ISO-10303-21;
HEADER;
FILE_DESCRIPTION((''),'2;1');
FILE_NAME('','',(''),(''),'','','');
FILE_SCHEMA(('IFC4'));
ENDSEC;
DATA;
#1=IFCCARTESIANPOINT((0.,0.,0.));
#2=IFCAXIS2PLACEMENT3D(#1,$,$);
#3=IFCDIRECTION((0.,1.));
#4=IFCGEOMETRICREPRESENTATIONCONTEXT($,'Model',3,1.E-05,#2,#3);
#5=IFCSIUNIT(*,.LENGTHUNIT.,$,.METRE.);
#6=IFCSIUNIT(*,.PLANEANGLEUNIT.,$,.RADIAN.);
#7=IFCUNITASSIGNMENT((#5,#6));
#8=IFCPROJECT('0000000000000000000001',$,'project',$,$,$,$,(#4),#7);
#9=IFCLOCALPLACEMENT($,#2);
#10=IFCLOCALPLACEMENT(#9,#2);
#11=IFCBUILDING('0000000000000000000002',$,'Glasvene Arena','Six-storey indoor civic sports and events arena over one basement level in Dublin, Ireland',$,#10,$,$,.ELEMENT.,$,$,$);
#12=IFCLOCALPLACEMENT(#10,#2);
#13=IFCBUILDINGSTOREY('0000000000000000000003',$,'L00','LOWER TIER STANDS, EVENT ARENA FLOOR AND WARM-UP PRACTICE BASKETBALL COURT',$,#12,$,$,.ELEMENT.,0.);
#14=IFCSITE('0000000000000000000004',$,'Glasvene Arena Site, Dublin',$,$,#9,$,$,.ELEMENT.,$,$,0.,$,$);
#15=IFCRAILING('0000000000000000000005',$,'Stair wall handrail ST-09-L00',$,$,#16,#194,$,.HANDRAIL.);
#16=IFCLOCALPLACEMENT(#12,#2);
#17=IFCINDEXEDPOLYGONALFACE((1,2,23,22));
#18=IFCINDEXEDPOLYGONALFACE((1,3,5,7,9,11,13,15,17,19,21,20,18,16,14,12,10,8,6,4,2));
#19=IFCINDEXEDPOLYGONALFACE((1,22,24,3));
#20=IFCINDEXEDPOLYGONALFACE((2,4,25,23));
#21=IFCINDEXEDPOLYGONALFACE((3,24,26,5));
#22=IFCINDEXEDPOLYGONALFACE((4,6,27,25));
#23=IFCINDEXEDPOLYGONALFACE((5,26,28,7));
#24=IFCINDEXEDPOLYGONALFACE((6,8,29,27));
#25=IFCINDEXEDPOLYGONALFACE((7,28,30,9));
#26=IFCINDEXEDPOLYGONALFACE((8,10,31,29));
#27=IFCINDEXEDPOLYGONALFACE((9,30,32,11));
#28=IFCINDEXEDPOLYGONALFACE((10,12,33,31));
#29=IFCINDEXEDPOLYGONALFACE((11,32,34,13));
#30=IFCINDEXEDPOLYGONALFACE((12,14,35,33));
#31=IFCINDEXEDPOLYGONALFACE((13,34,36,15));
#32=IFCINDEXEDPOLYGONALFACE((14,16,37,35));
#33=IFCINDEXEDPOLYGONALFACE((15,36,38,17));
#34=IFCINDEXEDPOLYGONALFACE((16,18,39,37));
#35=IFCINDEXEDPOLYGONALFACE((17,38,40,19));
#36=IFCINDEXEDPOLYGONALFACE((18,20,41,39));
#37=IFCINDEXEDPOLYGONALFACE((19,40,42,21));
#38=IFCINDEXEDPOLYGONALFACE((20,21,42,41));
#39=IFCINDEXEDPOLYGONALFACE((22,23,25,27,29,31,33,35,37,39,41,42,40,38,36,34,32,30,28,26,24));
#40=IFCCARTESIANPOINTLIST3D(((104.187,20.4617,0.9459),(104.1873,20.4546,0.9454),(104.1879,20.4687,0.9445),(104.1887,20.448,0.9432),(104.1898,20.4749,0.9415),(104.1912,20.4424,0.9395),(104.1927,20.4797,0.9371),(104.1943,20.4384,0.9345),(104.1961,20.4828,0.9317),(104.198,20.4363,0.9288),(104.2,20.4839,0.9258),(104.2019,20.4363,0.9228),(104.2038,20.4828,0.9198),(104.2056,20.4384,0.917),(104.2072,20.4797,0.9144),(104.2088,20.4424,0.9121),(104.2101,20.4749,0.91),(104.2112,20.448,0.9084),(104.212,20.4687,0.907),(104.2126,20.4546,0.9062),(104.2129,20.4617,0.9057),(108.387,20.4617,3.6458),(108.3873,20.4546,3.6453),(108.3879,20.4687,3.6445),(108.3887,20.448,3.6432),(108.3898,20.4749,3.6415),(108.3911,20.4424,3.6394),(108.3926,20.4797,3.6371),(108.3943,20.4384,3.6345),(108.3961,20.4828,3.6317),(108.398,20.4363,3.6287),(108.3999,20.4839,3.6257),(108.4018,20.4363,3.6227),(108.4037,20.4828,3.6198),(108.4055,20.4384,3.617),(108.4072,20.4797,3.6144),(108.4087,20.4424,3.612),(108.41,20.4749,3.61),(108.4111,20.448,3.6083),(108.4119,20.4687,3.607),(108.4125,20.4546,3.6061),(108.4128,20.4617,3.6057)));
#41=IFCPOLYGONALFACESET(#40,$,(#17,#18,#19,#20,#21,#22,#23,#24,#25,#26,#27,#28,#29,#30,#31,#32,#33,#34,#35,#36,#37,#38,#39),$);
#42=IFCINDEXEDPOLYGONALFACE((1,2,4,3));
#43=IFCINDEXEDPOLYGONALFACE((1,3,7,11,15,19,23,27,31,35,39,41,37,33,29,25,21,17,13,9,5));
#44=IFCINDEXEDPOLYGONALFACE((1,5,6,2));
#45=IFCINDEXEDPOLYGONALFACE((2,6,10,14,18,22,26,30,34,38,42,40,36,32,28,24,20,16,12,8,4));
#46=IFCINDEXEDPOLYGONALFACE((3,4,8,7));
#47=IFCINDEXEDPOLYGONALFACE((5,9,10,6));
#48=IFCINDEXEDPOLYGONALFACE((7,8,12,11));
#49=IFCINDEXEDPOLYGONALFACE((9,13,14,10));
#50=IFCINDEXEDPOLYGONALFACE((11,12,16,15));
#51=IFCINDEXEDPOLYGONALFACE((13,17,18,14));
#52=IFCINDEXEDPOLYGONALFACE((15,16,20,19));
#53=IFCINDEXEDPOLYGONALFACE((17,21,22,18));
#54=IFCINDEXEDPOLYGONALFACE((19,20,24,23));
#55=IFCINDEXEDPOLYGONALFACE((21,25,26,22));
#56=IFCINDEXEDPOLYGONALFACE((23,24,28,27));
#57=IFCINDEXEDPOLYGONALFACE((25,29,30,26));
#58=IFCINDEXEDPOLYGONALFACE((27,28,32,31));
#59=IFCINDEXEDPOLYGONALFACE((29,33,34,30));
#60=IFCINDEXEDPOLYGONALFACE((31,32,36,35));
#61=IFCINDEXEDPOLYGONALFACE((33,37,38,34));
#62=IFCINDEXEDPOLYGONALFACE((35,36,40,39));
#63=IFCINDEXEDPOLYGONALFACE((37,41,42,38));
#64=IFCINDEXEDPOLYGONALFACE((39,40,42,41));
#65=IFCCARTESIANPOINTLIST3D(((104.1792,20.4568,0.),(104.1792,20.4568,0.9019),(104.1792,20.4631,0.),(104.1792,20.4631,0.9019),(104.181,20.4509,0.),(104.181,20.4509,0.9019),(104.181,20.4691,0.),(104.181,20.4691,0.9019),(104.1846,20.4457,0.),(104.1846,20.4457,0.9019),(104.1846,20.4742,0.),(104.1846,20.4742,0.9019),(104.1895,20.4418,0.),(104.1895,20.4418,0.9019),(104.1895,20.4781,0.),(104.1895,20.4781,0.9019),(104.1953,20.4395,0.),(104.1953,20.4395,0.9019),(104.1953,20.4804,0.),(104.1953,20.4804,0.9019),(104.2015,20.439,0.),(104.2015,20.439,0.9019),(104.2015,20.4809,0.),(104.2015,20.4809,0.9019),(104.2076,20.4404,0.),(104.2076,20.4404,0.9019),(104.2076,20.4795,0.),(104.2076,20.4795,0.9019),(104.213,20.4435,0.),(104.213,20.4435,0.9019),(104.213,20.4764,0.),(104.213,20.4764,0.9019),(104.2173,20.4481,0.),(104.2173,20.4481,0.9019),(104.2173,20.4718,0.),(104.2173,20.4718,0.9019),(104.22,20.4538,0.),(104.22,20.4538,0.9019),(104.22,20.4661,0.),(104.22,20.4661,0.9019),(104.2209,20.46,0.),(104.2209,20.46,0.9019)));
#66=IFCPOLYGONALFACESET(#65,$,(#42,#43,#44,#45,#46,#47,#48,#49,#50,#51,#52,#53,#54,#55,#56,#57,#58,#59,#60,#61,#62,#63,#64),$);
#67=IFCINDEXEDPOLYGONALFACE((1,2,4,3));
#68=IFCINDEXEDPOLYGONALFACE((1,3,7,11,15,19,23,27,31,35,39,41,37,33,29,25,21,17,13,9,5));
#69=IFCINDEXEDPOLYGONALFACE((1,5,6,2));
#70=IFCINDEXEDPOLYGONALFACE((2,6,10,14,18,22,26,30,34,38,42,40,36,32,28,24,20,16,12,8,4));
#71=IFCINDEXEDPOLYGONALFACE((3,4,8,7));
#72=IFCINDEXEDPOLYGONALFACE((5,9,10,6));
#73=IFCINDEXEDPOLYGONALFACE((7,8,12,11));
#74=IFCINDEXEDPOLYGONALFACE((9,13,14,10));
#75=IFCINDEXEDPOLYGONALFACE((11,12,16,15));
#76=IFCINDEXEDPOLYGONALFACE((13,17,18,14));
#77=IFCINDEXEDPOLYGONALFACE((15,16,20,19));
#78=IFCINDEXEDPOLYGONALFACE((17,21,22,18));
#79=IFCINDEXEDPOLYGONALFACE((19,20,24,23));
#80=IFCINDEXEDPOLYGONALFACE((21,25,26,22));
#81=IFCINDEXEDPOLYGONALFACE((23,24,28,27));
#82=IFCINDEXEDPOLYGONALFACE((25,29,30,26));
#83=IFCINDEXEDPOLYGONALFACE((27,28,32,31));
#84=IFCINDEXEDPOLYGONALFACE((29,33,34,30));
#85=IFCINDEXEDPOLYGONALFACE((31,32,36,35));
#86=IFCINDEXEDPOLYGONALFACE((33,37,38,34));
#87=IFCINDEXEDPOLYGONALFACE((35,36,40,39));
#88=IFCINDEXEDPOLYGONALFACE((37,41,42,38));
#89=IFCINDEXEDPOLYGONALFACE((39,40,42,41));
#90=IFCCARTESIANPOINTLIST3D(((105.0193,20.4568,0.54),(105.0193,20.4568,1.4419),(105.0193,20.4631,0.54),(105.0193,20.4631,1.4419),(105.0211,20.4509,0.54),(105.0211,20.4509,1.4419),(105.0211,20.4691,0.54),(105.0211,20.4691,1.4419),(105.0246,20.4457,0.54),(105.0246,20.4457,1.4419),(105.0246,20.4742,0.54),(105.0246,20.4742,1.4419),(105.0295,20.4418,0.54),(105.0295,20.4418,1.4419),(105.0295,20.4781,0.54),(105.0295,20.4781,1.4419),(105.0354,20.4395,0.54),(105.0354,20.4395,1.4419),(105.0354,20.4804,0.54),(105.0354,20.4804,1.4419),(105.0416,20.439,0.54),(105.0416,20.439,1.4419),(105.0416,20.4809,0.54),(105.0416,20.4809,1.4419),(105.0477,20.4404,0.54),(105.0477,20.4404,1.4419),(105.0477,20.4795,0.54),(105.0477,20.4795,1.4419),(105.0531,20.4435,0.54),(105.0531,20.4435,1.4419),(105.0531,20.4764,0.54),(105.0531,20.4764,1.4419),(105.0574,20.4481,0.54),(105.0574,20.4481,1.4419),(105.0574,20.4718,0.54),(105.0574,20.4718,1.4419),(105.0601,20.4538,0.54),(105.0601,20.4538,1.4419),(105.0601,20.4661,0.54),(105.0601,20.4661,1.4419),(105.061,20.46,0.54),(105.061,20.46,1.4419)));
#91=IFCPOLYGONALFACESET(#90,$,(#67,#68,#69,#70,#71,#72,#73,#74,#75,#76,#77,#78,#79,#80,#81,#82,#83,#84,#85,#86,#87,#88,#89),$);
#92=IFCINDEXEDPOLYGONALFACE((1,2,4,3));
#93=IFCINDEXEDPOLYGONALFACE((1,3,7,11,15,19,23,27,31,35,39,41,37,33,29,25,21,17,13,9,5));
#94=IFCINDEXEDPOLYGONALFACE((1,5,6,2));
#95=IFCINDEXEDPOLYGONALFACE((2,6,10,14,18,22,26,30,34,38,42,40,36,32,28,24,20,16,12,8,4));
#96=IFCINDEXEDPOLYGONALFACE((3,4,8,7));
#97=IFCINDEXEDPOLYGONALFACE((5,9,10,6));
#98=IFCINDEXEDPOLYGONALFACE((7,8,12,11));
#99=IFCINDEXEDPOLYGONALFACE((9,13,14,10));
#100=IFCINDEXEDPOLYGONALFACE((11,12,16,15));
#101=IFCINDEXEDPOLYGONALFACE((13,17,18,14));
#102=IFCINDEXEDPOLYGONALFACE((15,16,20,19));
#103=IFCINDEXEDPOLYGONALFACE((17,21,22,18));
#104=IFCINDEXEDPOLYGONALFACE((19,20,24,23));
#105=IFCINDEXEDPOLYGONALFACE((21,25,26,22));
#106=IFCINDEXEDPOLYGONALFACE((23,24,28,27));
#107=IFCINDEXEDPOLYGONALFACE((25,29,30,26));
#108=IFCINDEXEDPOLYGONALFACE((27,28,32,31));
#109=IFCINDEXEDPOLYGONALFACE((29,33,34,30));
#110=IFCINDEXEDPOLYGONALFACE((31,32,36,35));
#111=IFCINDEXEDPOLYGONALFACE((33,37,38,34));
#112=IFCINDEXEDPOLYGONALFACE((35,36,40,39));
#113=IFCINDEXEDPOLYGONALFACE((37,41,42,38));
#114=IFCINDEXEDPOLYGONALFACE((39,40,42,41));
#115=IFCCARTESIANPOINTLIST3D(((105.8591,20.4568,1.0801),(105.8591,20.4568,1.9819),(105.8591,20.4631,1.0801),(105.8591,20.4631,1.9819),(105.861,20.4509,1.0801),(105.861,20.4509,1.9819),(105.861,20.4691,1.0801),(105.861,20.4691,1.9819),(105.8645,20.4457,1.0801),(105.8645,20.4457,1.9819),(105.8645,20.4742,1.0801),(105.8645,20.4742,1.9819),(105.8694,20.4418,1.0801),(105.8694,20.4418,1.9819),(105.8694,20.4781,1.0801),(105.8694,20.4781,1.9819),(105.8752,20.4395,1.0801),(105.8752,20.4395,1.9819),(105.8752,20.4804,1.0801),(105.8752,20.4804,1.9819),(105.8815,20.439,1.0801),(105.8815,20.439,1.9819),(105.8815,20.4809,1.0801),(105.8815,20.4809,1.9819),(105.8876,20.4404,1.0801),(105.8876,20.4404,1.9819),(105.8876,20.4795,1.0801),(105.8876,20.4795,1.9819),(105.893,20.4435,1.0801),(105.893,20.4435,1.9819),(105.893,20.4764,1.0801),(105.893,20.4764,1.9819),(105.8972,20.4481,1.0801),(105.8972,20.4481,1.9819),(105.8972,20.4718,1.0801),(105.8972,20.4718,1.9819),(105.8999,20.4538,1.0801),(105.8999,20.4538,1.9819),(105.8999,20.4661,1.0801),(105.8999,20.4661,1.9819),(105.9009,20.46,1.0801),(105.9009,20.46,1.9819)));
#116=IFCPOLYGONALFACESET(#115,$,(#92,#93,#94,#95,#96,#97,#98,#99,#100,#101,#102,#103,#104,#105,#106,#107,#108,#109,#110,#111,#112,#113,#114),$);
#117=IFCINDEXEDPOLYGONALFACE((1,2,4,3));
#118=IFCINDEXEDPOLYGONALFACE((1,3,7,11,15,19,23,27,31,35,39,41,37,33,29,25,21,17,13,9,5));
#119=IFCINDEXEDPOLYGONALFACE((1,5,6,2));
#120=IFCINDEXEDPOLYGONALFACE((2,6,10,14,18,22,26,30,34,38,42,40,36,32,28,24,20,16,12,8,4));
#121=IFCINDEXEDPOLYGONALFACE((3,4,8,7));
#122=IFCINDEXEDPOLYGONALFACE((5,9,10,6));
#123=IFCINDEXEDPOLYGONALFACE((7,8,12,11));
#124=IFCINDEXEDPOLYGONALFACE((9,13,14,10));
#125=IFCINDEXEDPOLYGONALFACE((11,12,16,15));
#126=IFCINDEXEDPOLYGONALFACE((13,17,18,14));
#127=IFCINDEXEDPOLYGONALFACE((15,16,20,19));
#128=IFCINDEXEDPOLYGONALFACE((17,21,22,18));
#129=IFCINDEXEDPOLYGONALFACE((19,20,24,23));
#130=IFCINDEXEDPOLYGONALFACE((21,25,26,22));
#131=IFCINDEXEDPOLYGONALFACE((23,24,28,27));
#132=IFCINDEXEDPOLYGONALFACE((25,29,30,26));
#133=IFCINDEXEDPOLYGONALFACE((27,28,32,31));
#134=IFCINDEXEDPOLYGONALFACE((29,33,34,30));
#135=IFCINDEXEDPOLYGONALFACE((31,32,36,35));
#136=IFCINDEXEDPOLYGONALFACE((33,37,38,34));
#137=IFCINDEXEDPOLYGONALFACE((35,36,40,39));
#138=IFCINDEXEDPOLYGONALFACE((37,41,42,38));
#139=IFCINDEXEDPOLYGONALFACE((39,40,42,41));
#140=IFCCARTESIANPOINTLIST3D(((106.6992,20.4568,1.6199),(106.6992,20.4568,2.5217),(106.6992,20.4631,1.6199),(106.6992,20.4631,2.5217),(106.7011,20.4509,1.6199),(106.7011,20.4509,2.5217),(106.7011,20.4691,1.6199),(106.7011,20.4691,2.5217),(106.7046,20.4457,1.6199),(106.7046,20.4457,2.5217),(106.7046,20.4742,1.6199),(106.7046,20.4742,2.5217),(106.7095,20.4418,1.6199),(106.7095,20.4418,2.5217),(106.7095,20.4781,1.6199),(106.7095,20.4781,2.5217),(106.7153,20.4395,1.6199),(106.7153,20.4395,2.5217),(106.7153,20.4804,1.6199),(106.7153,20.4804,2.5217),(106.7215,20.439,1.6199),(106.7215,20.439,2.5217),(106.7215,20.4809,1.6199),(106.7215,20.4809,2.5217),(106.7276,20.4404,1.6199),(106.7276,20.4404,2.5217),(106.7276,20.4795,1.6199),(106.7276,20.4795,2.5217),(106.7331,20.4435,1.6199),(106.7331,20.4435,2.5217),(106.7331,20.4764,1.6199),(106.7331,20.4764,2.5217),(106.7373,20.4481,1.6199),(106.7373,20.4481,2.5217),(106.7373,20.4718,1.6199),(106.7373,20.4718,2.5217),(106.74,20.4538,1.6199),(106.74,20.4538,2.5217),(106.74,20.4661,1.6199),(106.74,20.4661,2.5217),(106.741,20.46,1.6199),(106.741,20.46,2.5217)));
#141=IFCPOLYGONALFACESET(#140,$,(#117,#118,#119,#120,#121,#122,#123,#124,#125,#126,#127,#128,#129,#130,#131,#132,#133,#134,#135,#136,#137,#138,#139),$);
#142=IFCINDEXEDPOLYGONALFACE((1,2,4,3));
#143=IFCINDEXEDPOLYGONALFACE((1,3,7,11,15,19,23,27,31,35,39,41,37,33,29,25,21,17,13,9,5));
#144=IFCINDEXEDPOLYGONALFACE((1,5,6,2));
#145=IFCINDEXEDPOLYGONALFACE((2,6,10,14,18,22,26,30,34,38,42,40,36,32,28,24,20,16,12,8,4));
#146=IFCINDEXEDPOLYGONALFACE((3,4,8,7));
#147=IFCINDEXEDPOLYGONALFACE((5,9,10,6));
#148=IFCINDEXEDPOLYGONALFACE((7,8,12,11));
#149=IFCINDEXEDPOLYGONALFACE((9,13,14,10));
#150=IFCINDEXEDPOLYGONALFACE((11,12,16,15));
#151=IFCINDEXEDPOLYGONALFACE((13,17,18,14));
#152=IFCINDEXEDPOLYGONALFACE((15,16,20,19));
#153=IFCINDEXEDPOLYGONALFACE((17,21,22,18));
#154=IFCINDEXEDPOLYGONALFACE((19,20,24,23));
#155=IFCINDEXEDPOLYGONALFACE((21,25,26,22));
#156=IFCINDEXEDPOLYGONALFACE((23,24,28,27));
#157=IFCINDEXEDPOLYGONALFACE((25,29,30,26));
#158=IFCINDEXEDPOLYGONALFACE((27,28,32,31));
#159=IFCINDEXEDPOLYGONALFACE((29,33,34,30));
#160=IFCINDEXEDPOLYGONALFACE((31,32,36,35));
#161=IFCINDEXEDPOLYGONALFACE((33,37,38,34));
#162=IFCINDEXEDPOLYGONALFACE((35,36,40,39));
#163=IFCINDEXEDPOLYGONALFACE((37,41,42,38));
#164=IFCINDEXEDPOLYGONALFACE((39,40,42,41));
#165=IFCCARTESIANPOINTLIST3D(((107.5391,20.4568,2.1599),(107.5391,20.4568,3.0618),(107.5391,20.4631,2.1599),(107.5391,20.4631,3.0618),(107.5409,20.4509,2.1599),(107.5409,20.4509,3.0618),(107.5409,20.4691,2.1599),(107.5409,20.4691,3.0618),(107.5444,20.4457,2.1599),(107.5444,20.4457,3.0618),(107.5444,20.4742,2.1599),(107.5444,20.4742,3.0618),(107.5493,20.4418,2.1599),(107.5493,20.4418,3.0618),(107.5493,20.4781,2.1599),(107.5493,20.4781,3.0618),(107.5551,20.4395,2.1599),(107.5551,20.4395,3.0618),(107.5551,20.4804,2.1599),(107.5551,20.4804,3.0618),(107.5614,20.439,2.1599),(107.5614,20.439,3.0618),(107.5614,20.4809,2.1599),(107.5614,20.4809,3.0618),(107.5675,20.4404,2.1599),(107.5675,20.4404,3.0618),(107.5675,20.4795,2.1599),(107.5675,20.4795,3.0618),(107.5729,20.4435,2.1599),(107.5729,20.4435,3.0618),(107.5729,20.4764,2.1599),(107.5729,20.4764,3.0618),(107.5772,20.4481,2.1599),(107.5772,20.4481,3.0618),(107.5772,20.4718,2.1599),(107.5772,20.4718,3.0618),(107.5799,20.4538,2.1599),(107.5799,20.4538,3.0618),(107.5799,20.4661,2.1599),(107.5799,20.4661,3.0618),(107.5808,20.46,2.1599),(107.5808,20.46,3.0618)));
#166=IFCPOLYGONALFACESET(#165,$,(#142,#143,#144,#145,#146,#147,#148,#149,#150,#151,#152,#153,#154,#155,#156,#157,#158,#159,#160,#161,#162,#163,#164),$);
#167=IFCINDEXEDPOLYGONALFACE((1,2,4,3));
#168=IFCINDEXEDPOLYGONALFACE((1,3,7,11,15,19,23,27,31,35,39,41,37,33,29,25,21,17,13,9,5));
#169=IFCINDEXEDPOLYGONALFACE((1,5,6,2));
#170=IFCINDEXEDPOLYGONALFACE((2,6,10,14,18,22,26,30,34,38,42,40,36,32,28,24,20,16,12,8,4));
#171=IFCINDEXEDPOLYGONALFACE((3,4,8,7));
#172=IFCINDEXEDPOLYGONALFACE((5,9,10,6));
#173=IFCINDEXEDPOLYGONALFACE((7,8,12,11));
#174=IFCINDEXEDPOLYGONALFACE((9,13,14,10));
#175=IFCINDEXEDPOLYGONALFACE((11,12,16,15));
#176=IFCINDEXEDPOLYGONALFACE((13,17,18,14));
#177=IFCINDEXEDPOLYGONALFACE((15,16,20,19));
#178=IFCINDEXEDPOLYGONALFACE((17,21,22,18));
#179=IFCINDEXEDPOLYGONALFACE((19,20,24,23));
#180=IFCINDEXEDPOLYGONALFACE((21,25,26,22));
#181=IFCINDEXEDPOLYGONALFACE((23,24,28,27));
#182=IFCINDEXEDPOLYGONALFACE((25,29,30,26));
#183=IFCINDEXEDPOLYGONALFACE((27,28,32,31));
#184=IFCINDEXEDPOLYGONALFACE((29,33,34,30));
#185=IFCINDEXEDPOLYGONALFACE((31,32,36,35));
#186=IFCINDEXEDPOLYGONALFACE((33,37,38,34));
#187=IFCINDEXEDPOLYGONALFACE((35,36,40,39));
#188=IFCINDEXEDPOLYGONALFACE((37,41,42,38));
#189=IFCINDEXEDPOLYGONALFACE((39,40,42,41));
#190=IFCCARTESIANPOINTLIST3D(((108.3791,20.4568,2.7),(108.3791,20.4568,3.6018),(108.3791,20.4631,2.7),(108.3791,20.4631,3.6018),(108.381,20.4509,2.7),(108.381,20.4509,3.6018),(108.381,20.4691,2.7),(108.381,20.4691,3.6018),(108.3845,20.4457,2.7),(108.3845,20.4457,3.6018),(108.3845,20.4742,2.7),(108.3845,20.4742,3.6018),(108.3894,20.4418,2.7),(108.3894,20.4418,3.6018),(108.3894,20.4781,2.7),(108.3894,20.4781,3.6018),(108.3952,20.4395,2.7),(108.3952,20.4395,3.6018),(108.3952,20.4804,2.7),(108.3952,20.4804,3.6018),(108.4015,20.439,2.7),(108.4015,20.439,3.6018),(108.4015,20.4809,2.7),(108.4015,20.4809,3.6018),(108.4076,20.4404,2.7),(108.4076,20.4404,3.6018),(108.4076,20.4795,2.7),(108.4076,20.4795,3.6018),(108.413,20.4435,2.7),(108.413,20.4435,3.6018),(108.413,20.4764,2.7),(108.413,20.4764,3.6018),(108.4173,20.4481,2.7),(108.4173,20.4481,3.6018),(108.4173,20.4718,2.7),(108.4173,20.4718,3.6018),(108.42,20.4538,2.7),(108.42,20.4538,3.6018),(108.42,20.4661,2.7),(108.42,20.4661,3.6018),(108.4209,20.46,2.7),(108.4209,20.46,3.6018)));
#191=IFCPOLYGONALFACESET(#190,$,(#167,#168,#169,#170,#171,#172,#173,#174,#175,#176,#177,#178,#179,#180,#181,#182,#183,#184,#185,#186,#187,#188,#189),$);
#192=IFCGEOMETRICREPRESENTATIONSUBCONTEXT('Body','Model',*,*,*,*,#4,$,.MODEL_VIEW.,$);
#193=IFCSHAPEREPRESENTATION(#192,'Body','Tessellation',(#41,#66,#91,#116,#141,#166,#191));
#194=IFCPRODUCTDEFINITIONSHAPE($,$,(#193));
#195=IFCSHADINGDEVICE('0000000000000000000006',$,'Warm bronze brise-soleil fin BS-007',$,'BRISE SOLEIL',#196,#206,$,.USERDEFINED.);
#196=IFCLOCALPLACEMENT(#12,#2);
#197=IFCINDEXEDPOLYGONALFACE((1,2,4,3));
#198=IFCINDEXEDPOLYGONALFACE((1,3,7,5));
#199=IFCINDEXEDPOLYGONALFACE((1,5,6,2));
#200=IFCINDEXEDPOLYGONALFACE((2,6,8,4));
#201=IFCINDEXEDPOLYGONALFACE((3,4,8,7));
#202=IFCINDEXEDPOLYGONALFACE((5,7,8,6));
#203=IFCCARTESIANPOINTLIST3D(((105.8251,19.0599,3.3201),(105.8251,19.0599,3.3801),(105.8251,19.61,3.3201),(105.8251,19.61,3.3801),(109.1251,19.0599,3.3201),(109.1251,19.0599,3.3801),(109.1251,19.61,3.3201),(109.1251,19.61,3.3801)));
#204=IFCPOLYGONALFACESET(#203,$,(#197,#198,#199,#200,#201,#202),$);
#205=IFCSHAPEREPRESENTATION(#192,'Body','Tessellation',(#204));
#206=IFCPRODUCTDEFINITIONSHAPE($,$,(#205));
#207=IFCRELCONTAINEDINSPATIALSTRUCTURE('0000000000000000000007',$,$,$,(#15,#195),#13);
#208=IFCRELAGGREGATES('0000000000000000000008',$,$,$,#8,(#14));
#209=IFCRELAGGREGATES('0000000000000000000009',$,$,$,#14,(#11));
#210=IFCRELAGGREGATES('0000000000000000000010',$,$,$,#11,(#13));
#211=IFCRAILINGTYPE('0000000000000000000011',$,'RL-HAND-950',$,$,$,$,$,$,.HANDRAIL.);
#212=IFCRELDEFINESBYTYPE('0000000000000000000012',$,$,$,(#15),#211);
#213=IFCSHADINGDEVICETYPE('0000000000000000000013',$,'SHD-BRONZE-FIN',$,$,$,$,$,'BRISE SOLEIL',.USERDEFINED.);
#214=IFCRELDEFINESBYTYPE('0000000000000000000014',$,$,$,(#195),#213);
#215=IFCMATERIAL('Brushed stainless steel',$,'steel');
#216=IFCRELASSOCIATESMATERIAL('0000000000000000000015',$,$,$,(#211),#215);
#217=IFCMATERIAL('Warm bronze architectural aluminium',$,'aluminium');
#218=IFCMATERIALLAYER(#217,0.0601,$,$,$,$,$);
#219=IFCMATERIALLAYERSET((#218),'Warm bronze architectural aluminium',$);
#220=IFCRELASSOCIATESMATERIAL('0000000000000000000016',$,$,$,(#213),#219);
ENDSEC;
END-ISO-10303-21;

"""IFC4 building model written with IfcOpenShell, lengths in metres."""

from ifc_helpers import new_model, si_unit, direction, frame, origin, origin_2d, place, context, subcontext, project, spatial, rectangle, circle, extrude, material, layer, layer_set, type_object, element, save


model = new_model("IFC4")

# Units and contexts
model_context = context("Model", 3, precision=1e-05, world=origin(), true_north=direction((0.0, 1.0)))
body_context = subcontext(model_context, "Body", "Model", "MODEL_VIEW")
ifc_project = project(units=[si_unit("LENGTHUNIT", "METRE"), si_unit("PLANEANGLEUNIT", "RADIAN")], contexts=[model_context])

# Site, building, storey
site_placement = place(None, origin())
site = spatial("IfcSite", under=ifc_project, at=site_placement, Name="Glasvene Arena Site, Dublin", CompositionType="ELEMENT", RefElevation=0.0)
building_placement = place(site_placement, origin())
building = spatial("IfcBuilding", under=site, at=building_placement, Name="Glasvene Arena", Description="Six-storey indoor civic sports and events arena over one basement level in Dublin, Ireland", CompositionType="ELEMENT")
storey_placement = place(building_placement, origin())
storey = spatial("IfcBuildingStorey", under=building, at=storey_placement, Name="L00", Description="LOWER TIER STANDS, EVENT ARENA FLOOR AND WARM-UP PRACTICE BASKETBALL COURT", CompositionType="ELEMENT", Elevation=0.0)

# Railing
ifc_material_1 = material(Name="Brushed stainless steel", Category="steel")
railing_type_1 = type_object("IfcRailingType", Name="RL-HAND-950", PredefinedType="HANDRAIL", material=ifc_material_1)
railing_1_placement = place(storey_placement, frame((104.2, 20.46, 0.0)))
element("IfcRailing", 1, at=railing_1_placement, inside=storey, type_object=railing_type_1, Name="Stair wall handrail ST-09-L00", PredefinedType="HANDRAIL", context=body_context, shape_type="SweptSolid", body=[
    extrude(circle(Radius=0.0239, at=origin_2d()), frame((0.0, 0.0, 0.9258), z_axis=(0.84118, 0.0, 0.540755), x_axis=(0.0, 1.0, 0.0)), (0.0, 0.0, 1.0), 4.9929),
    extrude(circle(Radius=0.021, at=origin_2d()), origin(), (0.0, 0.0, 1.0), 0.9019),
    extrude(circle(Radius=0.021, at=origin_2d()), frame((0.8401, 0.0, 0.54)), (0.0, 0.0, 1.0), 0.9019),
    extrude(circle(Radius=0.021, at=origin_2d()), frame((1.6799, 0.0, 1.0801)), (0.0, 0.0, 1.0), 0.9019),
    extrude(circle(Radius=0.021, at=origin_2d()), frame((2.52, 0.0, 1.6199)), (0.0, 0.0, 1.0), 0.9019),
    extrude(circle(Radius=0.021, at=origin_2d()), frame((3.3599, 0.0, 2.1599)), (0.0, 0.0, 1.0), 0.9019),
    extrude(circle(Radius=0.021, at=origin_2d()), frame((4.2, 0.0, 2.7)), (0.0, 0.0, 1.0), 0.9019),
])

# Shading device
ifc_material_2 = material(Name="Warm bronze architectural aluminium", Category="aluminium")
ifc_layer_1 = layer(ifc_material_2, 0.0601)
ifc_layer_set_1 = layer_set([ifc_layer_1], Name="Warm bronze architectural aluminium")
shading_device_type = type_object("IfcShadingDeviceType", Name="SHD-BRONZE-FIN", ElementType="BRISE SOLEIL", PredefinedType="USERDEFINED", material=ifc_layer_set_1)
shading_device_placement = place(storey_placement, frame((107.4751, 19.335, 3.3201), z_axis=(0.0, 0.0, 1.0), x_axis=(-1.0, 0.0, 0.0)))
element("IfcShadingDevice", 2, at=shading_device_placement, inside=storey, type_object=shading_device_type, Name="Warm bronze brise-soleil fin BS-007", ObjectType="BRISE SOLEIL", PredefinedType="USERDEFINED", context=body_context, shape_type="SweptSolid", body=[
    extrude(rectangle(XDim=3.3, YDim=0.55, at=origin_2d()), origin(), (0.0, 0.0, 1.0), 0.0601),
])

save(model, "model.ifc")
